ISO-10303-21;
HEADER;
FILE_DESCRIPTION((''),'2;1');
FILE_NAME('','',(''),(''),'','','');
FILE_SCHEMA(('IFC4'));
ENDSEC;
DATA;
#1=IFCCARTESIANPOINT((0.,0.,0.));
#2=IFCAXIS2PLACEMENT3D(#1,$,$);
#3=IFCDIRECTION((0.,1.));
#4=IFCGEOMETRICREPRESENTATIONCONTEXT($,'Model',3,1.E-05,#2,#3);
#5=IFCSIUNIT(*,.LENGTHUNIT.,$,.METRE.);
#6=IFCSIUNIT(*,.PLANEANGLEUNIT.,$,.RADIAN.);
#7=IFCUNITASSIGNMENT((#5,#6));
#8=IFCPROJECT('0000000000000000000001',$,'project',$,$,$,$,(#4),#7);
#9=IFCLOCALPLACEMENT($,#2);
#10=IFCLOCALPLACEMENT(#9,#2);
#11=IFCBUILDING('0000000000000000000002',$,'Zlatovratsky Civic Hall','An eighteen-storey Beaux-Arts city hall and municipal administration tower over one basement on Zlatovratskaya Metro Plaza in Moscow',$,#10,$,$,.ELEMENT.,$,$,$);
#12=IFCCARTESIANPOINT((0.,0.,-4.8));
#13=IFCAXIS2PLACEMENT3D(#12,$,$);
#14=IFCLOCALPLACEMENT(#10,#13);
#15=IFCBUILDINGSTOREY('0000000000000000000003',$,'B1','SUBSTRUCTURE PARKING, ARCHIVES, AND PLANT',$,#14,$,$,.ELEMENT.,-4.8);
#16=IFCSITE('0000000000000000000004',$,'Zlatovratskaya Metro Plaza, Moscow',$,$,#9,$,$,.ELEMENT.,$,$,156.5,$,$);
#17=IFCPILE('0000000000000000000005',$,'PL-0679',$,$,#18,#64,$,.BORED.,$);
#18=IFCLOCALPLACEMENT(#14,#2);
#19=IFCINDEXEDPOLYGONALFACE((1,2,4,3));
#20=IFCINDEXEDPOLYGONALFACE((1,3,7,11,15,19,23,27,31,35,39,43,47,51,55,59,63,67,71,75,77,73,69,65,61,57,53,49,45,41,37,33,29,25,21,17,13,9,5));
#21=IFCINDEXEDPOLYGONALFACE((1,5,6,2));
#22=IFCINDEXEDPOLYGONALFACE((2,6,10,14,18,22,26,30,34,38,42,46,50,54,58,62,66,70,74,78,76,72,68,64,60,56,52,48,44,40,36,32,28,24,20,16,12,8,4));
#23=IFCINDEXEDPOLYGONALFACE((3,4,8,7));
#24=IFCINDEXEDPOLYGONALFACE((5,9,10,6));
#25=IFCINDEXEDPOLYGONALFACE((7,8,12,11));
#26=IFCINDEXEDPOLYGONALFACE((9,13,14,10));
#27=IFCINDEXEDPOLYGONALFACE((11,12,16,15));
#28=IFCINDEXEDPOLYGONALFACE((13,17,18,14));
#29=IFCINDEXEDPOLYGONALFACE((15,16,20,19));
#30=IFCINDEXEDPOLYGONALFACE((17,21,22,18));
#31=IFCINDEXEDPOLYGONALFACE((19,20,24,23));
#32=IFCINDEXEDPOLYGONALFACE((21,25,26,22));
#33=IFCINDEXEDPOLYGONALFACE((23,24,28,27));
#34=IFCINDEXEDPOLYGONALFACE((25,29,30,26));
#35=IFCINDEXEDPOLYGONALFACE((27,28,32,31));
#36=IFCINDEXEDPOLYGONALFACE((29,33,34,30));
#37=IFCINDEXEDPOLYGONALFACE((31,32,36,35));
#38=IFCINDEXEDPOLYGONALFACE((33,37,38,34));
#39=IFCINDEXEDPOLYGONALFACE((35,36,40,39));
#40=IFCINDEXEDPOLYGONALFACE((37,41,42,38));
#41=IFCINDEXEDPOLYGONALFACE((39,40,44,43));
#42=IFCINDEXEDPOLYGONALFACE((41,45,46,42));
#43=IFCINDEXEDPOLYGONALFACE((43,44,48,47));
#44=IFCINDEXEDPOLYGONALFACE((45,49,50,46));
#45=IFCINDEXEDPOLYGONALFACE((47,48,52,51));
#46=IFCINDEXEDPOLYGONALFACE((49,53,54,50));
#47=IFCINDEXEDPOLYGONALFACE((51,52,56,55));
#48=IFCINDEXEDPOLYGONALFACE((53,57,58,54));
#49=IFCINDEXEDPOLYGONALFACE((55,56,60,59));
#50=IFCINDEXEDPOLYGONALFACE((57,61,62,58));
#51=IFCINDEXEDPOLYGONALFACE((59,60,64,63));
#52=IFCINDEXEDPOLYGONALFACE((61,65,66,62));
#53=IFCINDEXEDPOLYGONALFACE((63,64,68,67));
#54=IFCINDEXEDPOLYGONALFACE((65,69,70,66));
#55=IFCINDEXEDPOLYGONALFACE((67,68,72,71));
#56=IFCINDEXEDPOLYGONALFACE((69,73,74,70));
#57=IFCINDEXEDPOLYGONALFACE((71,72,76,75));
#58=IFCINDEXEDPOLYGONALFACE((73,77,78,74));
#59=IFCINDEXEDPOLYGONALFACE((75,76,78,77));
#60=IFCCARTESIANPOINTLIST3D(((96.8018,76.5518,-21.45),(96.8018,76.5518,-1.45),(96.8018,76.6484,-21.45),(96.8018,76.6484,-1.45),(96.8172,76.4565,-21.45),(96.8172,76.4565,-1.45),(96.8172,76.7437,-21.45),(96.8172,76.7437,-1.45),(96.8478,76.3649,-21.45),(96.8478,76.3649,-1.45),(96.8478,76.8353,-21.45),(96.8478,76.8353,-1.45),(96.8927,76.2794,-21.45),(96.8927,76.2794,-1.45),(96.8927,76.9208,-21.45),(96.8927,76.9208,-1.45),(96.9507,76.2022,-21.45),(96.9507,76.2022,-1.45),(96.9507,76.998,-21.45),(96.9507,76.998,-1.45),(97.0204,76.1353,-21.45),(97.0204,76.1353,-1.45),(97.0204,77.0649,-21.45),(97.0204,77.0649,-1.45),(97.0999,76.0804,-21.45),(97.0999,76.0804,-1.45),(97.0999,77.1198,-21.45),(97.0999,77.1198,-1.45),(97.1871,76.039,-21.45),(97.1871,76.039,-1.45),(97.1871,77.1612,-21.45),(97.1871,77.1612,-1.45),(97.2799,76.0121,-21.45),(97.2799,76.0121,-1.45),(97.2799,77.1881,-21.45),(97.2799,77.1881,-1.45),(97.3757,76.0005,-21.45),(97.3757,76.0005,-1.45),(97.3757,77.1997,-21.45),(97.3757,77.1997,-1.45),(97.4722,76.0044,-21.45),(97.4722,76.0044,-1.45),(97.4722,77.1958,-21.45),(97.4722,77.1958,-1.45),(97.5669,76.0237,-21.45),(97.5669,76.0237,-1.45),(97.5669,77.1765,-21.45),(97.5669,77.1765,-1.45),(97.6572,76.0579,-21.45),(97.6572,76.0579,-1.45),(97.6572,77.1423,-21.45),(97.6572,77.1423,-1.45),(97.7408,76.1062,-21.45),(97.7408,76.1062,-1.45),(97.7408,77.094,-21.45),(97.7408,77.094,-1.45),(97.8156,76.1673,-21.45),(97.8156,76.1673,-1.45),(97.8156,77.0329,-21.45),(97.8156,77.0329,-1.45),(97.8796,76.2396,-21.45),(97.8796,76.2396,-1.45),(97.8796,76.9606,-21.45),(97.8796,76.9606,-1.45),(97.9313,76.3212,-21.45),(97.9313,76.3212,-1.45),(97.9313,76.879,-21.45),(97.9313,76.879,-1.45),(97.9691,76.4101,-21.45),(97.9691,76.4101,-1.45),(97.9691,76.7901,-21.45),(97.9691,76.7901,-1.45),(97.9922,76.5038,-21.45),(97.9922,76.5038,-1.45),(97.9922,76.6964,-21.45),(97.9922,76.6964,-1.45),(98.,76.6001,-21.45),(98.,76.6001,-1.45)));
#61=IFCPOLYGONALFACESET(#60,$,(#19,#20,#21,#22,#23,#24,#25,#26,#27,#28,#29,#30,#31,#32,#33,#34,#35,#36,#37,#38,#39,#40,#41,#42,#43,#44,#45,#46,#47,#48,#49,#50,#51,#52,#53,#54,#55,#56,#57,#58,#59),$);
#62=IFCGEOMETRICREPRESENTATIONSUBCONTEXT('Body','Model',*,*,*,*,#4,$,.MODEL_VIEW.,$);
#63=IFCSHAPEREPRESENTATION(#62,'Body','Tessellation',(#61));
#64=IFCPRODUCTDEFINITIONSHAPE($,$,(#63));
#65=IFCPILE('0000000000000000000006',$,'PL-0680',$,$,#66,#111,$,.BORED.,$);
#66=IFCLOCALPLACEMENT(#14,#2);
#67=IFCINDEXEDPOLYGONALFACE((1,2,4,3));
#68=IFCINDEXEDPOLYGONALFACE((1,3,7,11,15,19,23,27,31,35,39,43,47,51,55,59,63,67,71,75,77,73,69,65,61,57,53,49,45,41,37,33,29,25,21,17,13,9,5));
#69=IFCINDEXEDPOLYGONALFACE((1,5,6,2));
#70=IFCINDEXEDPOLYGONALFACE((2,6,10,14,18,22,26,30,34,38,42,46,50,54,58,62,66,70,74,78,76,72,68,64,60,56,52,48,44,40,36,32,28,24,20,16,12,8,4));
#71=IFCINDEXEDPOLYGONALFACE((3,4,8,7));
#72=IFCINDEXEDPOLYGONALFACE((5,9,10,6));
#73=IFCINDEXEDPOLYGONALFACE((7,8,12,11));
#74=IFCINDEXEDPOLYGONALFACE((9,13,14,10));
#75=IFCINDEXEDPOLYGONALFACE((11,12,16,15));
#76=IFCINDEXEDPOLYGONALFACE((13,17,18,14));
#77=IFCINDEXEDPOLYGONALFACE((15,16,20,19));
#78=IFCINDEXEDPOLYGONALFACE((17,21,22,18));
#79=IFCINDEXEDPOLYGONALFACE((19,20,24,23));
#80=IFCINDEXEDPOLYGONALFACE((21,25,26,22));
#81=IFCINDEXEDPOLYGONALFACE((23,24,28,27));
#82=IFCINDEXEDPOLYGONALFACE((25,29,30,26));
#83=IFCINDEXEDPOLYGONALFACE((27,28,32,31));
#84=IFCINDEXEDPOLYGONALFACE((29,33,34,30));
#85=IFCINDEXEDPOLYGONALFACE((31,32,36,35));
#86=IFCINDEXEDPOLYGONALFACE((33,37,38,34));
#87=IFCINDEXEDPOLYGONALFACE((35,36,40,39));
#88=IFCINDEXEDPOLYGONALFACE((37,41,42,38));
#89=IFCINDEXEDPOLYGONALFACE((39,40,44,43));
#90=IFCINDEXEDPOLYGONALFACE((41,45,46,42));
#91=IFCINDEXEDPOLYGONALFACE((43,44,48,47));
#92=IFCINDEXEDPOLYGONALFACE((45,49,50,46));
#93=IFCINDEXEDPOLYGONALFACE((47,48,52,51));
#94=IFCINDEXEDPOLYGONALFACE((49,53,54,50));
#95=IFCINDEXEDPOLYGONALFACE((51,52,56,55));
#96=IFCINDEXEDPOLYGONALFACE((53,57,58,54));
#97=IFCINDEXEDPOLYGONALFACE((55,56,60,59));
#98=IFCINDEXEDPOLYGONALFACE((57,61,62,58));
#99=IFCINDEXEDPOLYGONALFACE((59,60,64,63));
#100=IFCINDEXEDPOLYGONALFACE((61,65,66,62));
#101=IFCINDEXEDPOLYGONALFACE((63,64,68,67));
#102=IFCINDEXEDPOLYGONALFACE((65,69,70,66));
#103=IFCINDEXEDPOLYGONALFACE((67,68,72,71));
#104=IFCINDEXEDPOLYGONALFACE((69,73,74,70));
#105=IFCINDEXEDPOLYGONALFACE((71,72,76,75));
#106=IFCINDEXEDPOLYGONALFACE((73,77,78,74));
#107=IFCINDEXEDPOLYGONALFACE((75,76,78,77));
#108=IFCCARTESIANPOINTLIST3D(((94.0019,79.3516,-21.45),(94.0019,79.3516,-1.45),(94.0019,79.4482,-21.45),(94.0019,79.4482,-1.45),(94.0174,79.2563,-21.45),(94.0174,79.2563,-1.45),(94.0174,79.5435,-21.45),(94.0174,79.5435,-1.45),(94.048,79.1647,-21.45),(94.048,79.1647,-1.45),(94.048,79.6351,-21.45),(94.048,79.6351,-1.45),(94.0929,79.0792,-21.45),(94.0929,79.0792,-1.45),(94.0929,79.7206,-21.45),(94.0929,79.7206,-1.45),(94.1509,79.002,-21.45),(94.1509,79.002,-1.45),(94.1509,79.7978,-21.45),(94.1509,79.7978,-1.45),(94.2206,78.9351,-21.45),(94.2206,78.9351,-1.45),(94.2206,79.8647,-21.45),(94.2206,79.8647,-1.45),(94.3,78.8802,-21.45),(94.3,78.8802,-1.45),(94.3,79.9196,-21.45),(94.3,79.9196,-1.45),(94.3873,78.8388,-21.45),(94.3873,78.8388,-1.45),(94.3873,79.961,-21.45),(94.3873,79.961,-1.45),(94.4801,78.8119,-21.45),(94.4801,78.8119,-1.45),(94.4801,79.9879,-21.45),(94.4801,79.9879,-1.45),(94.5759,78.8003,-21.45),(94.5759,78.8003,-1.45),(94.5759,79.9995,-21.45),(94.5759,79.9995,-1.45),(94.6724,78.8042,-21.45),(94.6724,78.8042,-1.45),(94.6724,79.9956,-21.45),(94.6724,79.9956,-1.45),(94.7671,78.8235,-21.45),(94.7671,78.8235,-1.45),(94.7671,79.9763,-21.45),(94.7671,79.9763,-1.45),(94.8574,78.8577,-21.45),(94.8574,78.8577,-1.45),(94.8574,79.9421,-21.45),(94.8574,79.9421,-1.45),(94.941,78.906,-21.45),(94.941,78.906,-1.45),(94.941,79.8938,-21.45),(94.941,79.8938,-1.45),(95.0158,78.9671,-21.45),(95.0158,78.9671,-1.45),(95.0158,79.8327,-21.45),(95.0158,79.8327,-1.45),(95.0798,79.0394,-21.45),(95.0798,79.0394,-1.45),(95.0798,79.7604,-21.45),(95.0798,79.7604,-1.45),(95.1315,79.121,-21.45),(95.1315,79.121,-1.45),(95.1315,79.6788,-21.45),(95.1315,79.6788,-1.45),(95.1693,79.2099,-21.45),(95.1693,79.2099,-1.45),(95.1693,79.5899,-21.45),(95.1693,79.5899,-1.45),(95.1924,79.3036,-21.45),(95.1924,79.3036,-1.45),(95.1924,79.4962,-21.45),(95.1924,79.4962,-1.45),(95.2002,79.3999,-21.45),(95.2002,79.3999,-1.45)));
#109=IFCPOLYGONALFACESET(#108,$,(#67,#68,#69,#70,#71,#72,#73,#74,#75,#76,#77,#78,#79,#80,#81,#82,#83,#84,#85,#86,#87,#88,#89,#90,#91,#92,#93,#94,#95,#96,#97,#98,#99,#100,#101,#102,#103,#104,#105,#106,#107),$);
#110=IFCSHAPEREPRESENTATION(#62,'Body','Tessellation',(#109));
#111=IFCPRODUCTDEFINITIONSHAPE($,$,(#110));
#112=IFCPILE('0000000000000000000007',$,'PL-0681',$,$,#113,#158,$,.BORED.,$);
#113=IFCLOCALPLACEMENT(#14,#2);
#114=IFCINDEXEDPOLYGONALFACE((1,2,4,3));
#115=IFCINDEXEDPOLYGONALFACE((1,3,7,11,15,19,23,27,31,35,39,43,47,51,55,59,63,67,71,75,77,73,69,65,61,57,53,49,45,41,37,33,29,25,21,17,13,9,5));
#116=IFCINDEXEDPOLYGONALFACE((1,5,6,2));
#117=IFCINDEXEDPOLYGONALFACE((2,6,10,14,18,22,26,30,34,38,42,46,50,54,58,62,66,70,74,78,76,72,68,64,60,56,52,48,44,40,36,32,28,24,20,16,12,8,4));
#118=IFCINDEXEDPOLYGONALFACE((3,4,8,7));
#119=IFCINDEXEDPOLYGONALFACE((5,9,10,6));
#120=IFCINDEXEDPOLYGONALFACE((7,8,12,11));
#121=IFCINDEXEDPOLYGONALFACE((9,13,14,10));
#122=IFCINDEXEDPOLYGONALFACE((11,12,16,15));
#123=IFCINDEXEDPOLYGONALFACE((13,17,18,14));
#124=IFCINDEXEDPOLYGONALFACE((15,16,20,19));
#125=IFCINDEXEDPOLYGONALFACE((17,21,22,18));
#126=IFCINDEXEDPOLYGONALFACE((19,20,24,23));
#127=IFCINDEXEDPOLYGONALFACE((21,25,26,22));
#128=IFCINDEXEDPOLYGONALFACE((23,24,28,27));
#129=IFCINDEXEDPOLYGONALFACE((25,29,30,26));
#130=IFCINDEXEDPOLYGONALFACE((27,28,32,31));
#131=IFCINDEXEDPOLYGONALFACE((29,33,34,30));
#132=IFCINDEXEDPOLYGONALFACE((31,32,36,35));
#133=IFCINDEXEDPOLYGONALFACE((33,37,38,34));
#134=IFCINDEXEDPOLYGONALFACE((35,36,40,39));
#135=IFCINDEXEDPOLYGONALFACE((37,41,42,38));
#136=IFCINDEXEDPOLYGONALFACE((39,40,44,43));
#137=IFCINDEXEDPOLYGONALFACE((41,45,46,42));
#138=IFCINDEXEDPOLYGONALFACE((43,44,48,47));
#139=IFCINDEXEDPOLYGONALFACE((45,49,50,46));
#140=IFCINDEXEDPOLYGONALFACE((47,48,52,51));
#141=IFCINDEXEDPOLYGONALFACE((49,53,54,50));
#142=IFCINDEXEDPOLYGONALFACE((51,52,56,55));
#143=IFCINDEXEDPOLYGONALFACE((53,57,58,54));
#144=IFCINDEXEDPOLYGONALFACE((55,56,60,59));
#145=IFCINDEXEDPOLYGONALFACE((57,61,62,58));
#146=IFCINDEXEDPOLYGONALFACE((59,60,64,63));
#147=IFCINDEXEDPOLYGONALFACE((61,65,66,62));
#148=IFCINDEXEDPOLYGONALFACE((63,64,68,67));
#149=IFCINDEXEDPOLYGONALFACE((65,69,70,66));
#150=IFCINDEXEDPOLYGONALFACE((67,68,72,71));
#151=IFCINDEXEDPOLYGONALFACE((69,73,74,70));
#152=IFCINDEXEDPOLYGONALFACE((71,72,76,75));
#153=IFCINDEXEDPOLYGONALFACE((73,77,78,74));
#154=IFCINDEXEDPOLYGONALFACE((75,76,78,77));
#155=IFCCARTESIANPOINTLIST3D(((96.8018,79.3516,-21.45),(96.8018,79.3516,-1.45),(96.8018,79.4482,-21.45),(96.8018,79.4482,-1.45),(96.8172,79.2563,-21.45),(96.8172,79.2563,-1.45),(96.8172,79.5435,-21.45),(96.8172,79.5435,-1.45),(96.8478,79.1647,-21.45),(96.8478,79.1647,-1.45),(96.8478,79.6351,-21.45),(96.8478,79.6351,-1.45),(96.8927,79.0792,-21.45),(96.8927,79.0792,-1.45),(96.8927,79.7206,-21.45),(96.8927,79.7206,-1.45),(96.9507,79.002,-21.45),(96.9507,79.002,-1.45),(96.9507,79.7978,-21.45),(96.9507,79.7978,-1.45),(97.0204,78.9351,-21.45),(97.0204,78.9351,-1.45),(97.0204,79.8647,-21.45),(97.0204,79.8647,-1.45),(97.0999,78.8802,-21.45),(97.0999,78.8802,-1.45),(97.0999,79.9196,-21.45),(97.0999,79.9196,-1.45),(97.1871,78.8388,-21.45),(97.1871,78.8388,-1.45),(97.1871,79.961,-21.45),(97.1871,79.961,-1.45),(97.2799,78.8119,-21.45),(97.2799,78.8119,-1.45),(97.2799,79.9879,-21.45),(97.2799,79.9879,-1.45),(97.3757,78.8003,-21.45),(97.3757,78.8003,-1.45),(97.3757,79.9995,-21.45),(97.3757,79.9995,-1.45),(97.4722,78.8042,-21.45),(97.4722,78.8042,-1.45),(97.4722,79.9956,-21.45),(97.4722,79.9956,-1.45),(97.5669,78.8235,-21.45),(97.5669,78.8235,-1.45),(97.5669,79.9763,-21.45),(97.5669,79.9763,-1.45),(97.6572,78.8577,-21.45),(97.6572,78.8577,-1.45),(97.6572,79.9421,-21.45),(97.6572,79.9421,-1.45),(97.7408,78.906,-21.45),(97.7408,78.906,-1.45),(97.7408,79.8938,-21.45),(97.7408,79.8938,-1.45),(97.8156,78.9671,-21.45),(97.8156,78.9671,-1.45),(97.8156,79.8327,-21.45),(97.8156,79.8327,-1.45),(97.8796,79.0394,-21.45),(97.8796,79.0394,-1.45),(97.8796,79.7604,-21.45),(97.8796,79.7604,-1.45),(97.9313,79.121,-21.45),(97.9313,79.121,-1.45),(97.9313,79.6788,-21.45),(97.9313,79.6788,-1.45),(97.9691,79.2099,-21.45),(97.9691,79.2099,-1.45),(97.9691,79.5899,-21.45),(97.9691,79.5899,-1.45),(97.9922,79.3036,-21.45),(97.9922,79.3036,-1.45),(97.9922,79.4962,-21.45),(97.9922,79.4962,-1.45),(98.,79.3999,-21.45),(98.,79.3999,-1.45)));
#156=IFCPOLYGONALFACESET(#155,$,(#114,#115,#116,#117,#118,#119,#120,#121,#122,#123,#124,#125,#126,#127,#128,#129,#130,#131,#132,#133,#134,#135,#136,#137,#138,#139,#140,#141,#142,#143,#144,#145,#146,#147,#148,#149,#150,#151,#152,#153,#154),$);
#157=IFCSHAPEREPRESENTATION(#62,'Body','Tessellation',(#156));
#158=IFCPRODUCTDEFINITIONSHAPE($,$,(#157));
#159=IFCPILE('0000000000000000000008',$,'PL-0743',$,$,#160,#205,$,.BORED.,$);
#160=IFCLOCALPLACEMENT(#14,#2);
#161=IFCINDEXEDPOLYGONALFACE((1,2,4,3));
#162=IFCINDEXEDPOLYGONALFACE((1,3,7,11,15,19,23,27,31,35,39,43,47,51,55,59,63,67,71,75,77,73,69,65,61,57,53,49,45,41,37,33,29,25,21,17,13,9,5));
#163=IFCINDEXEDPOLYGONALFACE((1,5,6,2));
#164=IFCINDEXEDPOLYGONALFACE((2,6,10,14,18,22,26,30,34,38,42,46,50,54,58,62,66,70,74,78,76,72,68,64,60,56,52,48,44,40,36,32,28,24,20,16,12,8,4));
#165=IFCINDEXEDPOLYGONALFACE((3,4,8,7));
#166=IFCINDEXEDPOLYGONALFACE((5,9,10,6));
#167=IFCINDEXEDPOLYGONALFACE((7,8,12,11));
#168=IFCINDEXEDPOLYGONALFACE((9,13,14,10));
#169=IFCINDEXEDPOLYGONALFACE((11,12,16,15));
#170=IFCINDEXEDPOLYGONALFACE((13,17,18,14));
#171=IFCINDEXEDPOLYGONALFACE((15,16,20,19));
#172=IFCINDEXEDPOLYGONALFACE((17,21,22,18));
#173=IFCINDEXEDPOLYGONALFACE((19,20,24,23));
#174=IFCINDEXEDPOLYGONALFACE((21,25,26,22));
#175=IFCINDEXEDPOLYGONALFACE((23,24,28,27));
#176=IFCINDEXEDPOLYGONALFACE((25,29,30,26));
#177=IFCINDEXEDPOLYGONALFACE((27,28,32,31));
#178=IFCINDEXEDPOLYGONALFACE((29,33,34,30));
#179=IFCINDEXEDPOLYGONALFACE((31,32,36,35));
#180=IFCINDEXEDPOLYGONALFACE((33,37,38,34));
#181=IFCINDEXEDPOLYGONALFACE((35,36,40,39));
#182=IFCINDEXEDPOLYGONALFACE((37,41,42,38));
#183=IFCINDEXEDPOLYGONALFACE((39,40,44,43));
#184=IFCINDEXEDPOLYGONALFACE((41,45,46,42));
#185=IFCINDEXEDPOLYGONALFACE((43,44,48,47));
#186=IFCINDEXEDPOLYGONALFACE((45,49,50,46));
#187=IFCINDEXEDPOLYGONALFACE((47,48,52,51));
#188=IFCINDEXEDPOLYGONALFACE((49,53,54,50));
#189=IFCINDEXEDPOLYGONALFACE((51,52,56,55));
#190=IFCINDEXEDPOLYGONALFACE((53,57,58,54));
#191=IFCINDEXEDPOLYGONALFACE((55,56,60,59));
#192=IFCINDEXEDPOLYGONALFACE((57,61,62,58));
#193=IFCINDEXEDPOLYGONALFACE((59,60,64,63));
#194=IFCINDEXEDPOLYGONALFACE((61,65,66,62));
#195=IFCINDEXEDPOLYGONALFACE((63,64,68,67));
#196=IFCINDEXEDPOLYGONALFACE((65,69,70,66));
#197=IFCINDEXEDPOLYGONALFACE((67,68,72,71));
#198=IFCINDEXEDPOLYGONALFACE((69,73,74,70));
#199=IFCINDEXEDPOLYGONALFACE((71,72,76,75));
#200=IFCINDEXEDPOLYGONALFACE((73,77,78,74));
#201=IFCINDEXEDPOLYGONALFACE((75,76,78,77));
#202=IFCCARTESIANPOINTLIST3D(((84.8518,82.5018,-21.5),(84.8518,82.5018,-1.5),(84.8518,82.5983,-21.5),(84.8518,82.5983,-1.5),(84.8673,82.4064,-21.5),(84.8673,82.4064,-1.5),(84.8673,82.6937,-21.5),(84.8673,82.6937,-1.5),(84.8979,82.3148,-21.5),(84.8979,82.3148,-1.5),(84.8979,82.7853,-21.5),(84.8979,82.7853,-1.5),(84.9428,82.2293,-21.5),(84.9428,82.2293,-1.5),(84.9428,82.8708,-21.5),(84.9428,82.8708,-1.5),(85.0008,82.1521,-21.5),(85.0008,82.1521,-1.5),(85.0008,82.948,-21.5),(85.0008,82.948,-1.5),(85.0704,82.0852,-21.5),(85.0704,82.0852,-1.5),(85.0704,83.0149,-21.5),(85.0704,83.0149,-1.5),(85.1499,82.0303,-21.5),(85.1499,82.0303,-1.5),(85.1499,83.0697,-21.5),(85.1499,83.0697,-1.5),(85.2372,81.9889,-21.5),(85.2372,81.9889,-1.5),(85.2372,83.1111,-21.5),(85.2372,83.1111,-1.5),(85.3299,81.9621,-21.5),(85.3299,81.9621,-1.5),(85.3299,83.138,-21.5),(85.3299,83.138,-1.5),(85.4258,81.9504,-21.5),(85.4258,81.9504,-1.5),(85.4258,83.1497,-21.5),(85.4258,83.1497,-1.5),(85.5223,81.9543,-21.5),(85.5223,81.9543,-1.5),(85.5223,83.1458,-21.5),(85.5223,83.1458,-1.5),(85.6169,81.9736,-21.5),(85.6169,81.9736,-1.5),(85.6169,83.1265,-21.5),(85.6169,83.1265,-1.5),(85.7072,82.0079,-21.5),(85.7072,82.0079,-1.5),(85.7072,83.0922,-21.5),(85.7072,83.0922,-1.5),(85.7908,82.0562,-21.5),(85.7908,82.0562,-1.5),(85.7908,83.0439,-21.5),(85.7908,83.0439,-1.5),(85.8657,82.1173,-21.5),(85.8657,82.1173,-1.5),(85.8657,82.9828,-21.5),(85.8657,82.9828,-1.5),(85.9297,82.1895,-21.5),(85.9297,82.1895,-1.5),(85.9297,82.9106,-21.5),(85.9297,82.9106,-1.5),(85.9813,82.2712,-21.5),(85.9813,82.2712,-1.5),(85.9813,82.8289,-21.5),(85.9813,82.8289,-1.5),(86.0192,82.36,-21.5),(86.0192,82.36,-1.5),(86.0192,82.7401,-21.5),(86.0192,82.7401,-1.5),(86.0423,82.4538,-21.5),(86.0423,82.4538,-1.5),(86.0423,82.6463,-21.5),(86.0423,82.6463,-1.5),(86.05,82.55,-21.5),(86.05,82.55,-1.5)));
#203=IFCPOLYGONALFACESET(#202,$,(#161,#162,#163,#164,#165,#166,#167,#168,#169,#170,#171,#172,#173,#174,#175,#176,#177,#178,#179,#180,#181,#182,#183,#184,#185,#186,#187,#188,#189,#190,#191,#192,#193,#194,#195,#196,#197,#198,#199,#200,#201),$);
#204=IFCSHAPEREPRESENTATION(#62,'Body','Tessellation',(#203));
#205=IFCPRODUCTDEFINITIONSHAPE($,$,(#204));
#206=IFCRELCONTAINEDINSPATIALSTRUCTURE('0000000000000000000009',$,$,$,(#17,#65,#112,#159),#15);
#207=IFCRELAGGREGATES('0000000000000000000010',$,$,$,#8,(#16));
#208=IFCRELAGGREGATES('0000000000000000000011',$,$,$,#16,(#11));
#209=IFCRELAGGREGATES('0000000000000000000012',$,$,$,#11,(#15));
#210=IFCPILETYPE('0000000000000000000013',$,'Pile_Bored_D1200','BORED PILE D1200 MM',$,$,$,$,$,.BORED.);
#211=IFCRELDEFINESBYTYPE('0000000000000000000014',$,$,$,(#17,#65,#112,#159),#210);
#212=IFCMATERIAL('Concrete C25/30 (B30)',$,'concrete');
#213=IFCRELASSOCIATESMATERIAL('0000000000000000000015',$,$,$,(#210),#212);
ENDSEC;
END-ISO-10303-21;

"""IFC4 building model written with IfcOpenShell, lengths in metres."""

from ifc_helpers import new_model, si_unit, direction, frame, origin, origin_2d, place, context, subcontext, project, spatial, circle, extrude, material, material_profile, profile_set, type_object, element, save


model = new_model("IFC4")

# Units and contexts
model_context = context("Model", 3, precision=1e-05, world=origin(), true_north=direction((0.0, 1.0)))
body_context = subcontext(model_context, "Body", "Model", "MODEL_VIEW")
ifc_project = project(units=[si_unit("LENGTHUNIT", "METRE"), si_unit("PLANEANGLEUNIT", "RADIAN")], contexts=[model_context])

# Site, building, storey
site_placement = place(None, origin())
site = spatial("IfcSite", under=ifc_project, at=site_placement, Name="Zlatovratskaya Metro Plaza, Moscow", CompositionType="ELEMENT", RefElevation=156.5)
building_placement = place(site_placement, origin())
building = spatial("IfcBuilding", under=site, at=building_placement, Name="Zlatovratsky Civic Hall", Description="An eighteen-storey Beaux-Arts city hall and municipal administration tower over one basement on Zlatovratskaya Metro Plaza in Moscow", CompositionType="ELEMENT")
storey_placement = place(building_placement, frame((0.0, 0.0, -4.8)))
storey = spatial("IfcBuildingStorey", under=building, at=storey_placement, Name="B1", Description="SUBSTRUCTURE PARKING, ARCHIVES, AND PLANT", CompositionType="ELEMENT", Elevation=-4.8)

# Shared definitions
ifc_material_1 = material(Name="Concrete C25/30 (B30)", Category="concrete")

# Piles
ifc_material_profile_1 = material_profile(ifc_material_1, circle(Radius=0.6001, at=origin_2d()), Name="PILE D1200")
ifc_profile_set_1 = profile_set([ifc_material_profile_1], Name="Concrete C25/30 (B30)")
pile_type = type_object("IfcPileType", Name="Pile_Bored_D1200", Description="BORED PILE D1200 MM", PredefinedType="BORED", material=ifc_profile_set_1)
for number, where, z_axis, x_axis, name in (
    (1, (97.3999, 76.6001, -1.45), (0.0, 0.0, -1.0), (1.0, 0.0, 0.0), "PL-0679"),
    (2, (94.6001, 79.3999, -1.45), (0.0, 0.0, -1.0), (1.0, 0.0, 0.0), "PL-0680"),
    (3, (97.3999, 79.3999, -1.45), (0.0, 0.0, -1.0), (1.0, 0.0, 0.0), "PL-0681"),
    (4, (85.45, 82.55, -1.5), (0.0, 0.0, -1.0), (1.0, 0.0, 0.0), "PL-0743"),
):
    element("IfcPile", number, at=place(storey_placement, frame(where, z_axis=z_axis, x_axis=x_axis)), inside=storey, type_object=pile_type, Name=name, PredefinedType="BORED", context=body_context, shape_type="SweptSolid", body=[
        extrude(circle(Radius=0.6001, at=origin_2d()), origin(), (0.0, 0.0, 1.0), 20.0),
    ])

save(model, "model.ifc")
